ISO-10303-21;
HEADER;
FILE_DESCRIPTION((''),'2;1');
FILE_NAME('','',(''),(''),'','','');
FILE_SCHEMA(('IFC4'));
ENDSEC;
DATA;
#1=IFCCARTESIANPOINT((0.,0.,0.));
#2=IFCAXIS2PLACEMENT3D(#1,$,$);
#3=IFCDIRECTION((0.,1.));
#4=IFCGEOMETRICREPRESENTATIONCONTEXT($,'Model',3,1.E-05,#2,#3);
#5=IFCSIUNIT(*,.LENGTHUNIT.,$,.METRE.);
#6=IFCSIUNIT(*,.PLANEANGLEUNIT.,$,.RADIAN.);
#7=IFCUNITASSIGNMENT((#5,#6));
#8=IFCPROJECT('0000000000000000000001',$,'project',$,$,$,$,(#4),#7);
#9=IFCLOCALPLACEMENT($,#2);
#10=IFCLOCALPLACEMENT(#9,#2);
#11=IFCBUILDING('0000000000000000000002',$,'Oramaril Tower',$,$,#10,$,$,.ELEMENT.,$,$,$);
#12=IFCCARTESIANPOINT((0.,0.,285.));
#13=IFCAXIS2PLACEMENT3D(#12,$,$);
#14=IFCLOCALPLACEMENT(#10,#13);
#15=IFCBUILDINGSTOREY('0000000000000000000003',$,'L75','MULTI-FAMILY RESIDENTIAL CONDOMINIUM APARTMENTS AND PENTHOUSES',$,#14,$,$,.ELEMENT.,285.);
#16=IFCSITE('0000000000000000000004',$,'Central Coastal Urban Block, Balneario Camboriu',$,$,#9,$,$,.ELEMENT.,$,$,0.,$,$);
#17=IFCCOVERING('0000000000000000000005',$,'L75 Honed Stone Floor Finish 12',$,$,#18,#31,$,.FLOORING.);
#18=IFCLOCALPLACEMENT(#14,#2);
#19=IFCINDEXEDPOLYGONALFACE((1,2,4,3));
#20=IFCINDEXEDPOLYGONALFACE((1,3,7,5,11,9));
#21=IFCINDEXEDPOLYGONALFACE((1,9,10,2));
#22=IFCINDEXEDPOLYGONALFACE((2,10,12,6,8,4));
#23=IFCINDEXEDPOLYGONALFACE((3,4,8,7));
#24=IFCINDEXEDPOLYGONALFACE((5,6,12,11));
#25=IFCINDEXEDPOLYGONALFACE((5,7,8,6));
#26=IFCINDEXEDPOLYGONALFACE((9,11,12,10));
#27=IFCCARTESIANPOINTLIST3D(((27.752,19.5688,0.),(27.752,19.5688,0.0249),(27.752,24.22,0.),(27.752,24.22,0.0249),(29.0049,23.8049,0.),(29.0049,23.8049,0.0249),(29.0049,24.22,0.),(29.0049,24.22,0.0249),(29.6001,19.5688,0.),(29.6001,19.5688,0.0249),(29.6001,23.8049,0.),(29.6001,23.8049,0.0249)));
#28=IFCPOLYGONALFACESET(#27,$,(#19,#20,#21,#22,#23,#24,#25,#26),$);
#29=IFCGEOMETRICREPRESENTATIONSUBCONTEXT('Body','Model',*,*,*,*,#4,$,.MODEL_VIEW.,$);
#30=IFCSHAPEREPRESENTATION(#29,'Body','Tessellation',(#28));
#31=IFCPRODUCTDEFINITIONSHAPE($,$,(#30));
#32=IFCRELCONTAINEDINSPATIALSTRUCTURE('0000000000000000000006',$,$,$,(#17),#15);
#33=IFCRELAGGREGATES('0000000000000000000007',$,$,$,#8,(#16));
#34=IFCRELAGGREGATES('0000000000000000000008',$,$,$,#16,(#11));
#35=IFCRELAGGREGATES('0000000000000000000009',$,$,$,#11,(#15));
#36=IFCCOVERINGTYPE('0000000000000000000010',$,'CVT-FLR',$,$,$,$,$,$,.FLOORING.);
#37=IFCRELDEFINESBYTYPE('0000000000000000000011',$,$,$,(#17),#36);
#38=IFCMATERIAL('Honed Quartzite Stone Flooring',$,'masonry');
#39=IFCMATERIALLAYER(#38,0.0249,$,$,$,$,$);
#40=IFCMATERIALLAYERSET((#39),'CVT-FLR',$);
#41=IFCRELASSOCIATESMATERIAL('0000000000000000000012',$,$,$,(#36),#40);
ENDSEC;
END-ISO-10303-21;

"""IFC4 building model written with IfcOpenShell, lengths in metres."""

from ifc_helpers import new_model, si_unit, direction, frame, origin, place, context, subcontext, project, spatial, polyline, outline, extrude, material, layer, layer_set, type_object, element, save


model = new_model("IFC4")

# Units and contexts
model_context = context("Model", 3, precision=1e-05, world=origin(), true_north=direction((0.0, 1.0)))
body_context = subcontext(model_context, "Body", "Model", "MODEL_VIEW")
ifc_project = project(units=[si_unit("LENGTHUNIT", "METRE"), si_unit("PLANEANGLEUNIT", "RADIAN")], contexts=[model_context])

# Site, building, storey
site_placement = place(None, origin())
site = spatial("IfcSite", under=ifc_project, at=site_placement, Name="Central Coastal Urban Block, Balneario Camboriu", CompositionType="ELEMENT", RefElevation=0.0)
building_placement = place(site_placement, origin())
building = spatial("IfcBuilding", under=site, at=building_placement, Name="Oramaril Tower", CompositionType="ELEMENT")
storey_placement = place(building_placement, frame((0.0, 0.0, 285.0)))
storey = spatial("IfcBuildingStorey", under=building, at=storey_placement, Name="L75", Description="MULTI-FAMILY RESIDENTIAL CONDOMINIUM APARTMENTS AND PENTHOUSES", CompositionType="ELEMENT", Elevation=285.0)

# Covering
ifc_material_1 = material(Name="Honed Quartzite Stone Flooring", Category="masonry")
ifc_layer_1 = layer(ifc_material_1, 0.0249)
ifc_layer_set_1 = layer_set([ifc_layer_1], Name="CVT-FLR")
covering_type_1 = type_object("IfcCoveringType", Name="CVT-FLR", PredefinedType="FLOORING", material=ifc_layer_set_1)
covering_1_placement = place(storey_placement, origin())
element("IfcCovering", 1, at=covering_1_placement, inside=storey, type_object=covering_type_1, Name="L75 Honed Stone Floor Finish 12", PredefinedType="FLOORING", context=body_context, shape_type="SweptSolid", body=[
    extrude(outline(polyline([(29.0049, 23.8049), (29.6001, 23.8049), (29.6001, 19.5688), (27.752, 19.5688), (27.752, 24.22), (29.0049, 24.22), (29.0049, 23.8049)])), origin(), (0.0, 0.0, 1.0), 0.0249),
])

save(model, "model.ifc")
